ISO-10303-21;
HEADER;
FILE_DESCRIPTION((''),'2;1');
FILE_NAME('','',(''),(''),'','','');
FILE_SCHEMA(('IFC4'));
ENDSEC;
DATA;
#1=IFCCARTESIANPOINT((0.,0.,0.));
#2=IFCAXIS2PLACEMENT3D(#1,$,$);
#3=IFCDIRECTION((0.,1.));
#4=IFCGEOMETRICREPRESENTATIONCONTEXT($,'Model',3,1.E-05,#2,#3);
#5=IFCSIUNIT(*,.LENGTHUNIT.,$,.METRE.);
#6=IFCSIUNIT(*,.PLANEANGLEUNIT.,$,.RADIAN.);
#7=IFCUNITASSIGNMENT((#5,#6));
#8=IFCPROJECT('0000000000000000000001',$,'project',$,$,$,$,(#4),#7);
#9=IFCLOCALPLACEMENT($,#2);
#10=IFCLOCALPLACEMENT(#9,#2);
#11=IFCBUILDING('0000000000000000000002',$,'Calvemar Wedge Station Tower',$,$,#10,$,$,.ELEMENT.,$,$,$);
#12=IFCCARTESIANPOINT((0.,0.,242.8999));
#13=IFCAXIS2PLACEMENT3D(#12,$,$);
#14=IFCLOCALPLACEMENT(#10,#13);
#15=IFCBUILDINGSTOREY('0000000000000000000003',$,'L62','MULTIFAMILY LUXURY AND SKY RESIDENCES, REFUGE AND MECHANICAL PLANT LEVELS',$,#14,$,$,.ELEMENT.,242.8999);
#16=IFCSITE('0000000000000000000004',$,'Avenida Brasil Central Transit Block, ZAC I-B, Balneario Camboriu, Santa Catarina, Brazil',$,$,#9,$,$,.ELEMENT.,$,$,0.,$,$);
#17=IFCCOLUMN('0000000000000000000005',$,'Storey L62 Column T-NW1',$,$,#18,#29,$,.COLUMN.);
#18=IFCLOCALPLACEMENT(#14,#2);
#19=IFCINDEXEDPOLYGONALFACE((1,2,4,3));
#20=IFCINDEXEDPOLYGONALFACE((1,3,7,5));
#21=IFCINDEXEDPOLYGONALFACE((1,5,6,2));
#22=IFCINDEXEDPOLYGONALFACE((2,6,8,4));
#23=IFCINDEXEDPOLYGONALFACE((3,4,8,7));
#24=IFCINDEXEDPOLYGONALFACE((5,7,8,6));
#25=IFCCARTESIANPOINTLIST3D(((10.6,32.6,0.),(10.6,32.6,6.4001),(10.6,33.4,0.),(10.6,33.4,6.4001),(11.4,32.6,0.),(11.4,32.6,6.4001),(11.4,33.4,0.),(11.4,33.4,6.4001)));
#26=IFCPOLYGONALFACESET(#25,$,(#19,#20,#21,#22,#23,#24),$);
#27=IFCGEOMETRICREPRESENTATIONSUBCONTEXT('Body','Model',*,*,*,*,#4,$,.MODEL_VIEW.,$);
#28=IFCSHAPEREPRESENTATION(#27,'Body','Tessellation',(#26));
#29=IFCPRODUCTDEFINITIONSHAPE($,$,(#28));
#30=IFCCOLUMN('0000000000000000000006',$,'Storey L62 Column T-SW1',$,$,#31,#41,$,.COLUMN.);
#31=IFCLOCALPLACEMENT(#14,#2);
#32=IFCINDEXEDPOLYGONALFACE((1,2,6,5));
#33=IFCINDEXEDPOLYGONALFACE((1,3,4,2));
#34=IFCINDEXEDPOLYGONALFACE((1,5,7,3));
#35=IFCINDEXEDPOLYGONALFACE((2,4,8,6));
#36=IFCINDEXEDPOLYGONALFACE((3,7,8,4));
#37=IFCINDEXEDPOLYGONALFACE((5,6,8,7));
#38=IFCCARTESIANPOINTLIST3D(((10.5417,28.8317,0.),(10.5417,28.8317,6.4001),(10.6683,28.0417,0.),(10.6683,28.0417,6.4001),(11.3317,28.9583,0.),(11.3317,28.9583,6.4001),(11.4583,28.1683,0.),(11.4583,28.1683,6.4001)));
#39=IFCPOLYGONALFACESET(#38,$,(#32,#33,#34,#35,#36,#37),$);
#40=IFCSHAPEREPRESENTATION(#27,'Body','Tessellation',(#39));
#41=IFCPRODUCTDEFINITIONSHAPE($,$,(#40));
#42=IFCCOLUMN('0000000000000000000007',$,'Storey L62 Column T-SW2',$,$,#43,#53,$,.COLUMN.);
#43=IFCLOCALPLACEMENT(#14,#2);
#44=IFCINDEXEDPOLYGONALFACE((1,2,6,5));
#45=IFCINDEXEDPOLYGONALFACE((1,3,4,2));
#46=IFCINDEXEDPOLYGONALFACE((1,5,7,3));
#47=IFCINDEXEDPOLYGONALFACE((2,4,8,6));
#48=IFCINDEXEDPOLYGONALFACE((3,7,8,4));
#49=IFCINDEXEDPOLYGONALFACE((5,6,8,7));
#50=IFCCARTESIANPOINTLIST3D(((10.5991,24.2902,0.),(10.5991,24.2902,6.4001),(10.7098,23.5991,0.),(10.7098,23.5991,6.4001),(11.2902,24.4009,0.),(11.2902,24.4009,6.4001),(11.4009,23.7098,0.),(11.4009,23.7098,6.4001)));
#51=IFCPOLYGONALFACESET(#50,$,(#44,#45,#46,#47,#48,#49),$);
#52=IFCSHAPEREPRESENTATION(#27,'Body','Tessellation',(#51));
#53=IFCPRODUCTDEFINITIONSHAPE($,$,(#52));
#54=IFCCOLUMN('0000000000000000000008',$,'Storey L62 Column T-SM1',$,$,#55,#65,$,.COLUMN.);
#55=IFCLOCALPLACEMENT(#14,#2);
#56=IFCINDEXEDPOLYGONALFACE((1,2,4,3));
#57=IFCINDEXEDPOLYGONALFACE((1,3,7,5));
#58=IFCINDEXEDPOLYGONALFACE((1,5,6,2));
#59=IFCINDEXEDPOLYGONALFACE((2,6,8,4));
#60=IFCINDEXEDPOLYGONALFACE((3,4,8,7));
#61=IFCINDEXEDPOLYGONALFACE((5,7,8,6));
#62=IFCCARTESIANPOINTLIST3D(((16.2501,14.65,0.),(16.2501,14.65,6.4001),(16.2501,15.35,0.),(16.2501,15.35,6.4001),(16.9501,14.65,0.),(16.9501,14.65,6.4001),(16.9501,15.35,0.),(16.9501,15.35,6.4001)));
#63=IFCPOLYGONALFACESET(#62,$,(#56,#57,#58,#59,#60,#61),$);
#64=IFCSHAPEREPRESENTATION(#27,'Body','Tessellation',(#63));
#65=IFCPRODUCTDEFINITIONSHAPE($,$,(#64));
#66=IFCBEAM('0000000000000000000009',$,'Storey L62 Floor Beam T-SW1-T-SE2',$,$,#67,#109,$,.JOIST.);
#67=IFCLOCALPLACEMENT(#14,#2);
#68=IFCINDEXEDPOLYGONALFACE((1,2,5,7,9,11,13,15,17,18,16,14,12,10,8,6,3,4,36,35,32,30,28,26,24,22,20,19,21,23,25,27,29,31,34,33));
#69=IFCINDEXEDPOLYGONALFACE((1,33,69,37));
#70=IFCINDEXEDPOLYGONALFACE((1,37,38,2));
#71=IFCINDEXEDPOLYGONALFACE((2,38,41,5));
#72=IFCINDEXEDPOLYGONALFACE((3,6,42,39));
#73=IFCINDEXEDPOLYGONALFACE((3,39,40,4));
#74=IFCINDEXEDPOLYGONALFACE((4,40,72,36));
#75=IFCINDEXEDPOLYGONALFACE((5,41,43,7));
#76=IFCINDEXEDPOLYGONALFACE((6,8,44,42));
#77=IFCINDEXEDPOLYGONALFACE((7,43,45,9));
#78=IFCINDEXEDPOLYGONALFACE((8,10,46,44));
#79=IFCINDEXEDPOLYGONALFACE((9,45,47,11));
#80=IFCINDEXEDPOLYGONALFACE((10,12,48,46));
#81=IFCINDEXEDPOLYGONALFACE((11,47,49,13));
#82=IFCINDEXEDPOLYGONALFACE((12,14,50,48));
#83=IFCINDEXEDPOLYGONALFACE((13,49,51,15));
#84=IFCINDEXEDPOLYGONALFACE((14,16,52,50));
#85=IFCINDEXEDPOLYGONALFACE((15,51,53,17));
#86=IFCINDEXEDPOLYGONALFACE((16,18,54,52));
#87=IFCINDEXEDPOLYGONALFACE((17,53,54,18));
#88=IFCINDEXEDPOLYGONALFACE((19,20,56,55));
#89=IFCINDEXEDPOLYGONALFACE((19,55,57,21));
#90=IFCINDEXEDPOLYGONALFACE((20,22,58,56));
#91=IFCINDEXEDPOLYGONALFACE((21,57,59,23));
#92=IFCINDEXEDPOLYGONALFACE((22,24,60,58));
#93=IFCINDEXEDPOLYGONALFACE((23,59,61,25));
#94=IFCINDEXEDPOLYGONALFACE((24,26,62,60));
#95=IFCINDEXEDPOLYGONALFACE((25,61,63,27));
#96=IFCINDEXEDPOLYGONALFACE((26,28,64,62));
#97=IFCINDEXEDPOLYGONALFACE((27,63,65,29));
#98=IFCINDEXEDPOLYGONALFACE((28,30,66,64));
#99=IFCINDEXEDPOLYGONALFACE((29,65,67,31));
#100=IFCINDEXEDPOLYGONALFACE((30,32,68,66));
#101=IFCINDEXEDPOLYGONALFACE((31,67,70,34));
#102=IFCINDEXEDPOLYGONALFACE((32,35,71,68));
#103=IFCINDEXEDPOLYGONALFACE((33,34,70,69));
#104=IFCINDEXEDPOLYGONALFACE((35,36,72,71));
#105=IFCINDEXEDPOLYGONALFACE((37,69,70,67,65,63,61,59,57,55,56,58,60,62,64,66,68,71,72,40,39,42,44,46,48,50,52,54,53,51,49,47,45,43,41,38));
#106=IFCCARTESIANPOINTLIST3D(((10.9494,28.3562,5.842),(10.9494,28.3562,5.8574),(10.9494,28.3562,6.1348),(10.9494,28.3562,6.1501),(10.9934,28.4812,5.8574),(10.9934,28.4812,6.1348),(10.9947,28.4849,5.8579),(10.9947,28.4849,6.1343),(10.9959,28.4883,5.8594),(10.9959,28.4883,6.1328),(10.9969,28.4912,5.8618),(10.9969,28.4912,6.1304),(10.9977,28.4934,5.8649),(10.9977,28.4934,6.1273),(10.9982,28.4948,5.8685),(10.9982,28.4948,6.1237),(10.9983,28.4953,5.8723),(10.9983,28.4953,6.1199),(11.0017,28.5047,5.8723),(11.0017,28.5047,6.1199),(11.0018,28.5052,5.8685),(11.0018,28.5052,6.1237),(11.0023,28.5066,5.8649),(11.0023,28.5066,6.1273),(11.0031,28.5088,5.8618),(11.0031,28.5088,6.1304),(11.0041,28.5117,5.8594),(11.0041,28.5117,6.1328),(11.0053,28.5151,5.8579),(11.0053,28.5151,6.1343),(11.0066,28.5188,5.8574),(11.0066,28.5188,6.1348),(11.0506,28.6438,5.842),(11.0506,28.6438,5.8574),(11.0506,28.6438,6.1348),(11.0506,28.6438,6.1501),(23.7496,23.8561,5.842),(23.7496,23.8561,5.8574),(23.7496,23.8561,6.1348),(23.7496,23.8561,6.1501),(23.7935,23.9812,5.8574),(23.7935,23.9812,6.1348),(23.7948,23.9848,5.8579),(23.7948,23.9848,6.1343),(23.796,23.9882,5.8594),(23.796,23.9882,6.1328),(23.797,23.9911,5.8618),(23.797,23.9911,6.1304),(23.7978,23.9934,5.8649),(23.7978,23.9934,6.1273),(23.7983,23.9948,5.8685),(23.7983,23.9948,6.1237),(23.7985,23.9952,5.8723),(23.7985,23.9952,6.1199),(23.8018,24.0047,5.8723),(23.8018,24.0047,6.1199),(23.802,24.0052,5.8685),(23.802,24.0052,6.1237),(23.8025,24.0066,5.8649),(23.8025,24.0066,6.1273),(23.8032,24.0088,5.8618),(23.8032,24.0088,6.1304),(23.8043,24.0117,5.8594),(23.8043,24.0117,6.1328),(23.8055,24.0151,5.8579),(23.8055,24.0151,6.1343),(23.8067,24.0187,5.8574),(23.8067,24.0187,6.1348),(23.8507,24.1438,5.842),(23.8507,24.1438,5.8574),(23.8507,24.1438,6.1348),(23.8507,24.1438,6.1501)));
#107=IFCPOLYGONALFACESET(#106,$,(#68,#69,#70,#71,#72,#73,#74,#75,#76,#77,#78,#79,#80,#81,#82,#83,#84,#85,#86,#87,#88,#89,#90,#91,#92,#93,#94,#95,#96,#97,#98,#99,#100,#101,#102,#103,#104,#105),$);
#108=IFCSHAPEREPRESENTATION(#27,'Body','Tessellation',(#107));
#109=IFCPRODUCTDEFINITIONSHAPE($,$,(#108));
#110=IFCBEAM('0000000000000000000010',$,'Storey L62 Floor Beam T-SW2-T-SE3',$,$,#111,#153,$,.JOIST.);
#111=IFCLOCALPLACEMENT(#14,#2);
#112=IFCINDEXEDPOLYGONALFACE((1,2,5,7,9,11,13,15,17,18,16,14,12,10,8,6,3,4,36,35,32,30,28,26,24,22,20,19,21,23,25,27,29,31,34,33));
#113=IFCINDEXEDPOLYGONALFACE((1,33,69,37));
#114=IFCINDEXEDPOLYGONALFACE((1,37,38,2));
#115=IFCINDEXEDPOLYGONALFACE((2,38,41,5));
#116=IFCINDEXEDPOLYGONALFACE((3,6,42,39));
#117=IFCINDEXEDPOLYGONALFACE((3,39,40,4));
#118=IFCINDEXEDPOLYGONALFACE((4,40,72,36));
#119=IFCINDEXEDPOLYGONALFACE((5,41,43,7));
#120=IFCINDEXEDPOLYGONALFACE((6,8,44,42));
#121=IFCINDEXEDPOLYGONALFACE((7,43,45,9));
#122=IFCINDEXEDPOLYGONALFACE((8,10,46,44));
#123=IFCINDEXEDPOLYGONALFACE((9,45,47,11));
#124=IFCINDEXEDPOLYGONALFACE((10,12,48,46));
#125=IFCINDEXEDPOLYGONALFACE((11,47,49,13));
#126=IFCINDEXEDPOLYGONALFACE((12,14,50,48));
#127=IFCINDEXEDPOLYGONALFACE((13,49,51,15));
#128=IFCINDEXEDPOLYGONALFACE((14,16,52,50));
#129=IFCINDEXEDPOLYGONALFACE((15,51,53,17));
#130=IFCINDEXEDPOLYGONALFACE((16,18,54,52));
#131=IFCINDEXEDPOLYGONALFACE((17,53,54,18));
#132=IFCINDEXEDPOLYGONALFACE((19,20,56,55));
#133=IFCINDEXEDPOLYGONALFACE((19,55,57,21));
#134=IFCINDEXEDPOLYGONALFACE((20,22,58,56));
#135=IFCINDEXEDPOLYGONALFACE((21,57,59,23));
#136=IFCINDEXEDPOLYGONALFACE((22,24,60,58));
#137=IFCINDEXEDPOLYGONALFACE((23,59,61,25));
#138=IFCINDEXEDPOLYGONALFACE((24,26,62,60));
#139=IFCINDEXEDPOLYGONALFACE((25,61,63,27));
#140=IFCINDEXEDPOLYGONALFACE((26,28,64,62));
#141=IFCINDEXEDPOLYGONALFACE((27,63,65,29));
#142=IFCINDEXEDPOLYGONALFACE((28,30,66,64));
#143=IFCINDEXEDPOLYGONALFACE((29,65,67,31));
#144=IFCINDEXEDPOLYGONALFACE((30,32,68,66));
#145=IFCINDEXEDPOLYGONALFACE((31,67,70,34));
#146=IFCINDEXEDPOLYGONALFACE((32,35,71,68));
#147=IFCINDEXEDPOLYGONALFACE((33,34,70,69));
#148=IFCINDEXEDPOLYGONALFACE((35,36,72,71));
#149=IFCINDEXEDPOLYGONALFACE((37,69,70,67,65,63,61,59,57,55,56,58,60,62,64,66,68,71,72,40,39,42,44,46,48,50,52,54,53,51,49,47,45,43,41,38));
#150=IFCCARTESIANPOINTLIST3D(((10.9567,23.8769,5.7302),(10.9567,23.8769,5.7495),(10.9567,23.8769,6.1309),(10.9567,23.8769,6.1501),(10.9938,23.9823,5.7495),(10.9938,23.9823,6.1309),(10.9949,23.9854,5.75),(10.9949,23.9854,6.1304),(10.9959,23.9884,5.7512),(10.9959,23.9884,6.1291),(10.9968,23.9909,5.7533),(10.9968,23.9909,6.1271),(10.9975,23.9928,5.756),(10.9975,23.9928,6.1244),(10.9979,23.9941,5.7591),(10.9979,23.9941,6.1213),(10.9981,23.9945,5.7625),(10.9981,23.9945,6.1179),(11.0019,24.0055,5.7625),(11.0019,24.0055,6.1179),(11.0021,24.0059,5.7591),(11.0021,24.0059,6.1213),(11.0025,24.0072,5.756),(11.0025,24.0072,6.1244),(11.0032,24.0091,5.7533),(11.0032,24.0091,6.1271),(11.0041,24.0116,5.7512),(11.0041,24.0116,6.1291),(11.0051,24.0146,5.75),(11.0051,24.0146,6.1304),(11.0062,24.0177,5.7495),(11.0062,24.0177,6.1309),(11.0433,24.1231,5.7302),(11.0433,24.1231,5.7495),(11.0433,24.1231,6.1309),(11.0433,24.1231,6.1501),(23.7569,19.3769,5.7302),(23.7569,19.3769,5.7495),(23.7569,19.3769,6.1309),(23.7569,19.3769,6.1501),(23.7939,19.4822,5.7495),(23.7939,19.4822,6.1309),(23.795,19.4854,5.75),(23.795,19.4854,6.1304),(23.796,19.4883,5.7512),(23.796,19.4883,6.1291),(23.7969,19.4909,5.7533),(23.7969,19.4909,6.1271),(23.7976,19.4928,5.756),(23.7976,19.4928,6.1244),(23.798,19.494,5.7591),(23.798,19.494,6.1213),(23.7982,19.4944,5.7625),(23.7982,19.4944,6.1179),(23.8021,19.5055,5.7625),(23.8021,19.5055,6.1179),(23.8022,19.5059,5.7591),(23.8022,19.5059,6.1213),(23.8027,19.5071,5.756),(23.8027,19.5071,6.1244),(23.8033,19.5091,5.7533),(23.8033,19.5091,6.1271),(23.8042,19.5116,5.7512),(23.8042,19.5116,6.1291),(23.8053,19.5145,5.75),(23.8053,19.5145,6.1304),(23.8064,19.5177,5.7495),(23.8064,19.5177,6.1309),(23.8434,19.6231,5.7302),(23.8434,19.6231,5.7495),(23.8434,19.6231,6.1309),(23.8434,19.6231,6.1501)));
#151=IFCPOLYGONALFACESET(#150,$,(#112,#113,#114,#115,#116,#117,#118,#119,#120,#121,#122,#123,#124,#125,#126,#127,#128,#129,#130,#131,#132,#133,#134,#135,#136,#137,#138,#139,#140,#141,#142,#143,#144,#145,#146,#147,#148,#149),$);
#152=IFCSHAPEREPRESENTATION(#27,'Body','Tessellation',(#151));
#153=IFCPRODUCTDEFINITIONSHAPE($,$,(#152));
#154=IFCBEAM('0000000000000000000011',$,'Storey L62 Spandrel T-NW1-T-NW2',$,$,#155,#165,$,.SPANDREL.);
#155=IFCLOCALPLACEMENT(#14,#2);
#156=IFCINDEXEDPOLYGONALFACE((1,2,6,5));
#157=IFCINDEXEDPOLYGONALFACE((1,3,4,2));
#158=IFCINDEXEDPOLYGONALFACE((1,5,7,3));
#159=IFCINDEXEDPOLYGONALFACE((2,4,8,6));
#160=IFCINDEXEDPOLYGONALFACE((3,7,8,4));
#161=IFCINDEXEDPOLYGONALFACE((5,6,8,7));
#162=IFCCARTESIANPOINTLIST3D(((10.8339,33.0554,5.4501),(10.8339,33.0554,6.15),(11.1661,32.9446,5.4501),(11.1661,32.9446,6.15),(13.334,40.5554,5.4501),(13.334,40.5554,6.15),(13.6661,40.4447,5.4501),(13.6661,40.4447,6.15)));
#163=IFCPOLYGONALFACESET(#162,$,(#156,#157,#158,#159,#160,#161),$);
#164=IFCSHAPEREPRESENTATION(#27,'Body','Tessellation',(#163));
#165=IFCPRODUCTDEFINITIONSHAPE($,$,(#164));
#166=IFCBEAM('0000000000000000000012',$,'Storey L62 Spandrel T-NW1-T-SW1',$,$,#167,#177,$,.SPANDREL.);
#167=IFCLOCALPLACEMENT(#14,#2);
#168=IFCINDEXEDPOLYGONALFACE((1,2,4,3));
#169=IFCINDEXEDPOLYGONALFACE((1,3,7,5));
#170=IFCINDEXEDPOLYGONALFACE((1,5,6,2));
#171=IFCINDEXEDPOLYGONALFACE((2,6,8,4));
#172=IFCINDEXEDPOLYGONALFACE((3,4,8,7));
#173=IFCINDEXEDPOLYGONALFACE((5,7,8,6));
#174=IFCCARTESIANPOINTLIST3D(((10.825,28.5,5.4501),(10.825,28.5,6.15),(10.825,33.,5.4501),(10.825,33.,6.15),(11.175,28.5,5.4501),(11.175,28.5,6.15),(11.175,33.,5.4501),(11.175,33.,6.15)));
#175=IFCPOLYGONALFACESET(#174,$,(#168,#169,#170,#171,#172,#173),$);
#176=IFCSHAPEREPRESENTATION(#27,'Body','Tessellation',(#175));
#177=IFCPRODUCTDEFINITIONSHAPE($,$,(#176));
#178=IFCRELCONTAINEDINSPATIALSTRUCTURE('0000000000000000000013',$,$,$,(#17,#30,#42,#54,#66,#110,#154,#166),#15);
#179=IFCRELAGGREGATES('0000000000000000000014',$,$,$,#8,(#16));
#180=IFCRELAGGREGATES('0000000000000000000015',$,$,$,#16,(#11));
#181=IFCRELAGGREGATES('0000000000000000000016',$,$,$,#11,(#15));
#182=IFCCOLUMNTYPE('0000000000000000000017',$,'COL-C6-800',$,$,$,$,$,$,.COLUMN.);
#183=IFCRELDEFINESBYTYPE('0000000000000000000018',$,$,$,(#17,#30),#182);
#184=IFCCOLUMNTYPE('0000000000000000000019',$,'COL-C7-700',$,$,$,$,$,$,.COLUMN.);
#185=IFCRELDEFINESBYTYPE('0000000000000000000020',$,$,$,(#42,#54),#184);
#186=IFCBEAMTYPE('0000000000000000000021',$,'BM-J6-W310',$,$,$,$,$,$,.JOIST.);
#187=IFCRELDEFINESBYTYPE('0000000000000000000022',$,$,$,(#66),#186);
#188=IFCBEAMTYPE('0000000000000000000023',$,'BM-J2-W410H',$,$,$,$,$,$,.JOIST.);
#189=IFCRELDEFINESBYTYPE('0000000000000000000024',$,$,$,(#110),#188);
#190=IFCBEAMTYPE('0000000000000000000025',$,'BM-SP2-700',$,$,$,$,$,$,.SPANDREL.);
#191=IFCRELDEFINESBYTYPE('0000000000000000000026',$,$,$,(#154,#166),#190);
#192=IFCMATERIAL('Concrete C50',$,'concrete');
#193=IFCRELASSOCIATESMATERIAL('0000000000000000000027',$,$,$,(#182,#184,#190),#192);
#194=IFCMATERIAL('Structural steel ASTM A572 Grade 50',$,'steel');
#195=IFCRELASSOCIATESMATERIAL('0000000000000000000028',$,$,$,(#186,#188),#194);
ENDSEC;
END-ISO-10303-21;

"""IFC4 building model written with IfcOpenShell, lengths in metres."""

from ifc_helpers import new_model, si_unit, direction, frame, origin, origin_2d, place, context, subcontext, project, spatial, rectangle, i_section, extrude, source, transform, mapped, material, material_profile, profile_set, type_object, element, save


model = new_model("IFC4")

# Units and contexts
model_context = context("Model", 3, precision=1e-05, world=origin(), true_north=direction((0.0, 1.0)))
body_context = subcontext(model_context, "Body", "Model", "MODEL_VIEW")
ifc_project = project(units=[si_unit("LENGTHUNIT", "METRE"), si_unit("PLANEANGLEUNIT", "RADIAN")], contexts=[model_context])

# Site, building, storey
site_placement = place(None, origin())
site = spatial("IfcSite", under=ifc_project, at=site_placement, Name="Avenida Brasil Central Transit Block, ZAC I-B, Balneario Camboriu, Santa Catarina, Brazil", CompositionType="ELEMENT", RefElevation=0.0)
building_placement = place(site_placement, origin())
building = spatial("IfcBuilding", under=site, at=building_placement, Name="Calvemar Wedge Station Tower", CompositionType="ELEMENT")
storey_placement = place(building_placement, frame((0.0, 0.0, 242.8999)))
storey = spatial("IfcBuildingStorey", under=building, at=storey_placement, Name="L62", Description="MULTIFAMILY LUXURY AND SKY RESIDENCES, REFUGE AND MECHANICAL PLANT LEVELS", CompositionType="ELEMENT", Elevation=242.8999)

# Columns
ifc_material_1 = material(Name="Concrete C50", Category="concrete")
ifc_material_profile_1 = material_profile(ifc_material_1, rectangle(XDim=0.8, YDim=0.8, at=origin_2d()), Name="RC800x800")
ifc_profile_set_1 = profile_set([ifc_material_profile_1], Name="Concrete C50")
column_type_1 = type_object("IfcColumnType", Name="COL-C6-800", PredefinedType="COLUMN", material=ifc_profile_set_1)
shared_shape_1 = source(origin(), body_context, "Body", "SweptSolid", [
    extrude(rectangle(XDim=0.8, YDim=0.8, at=origin_2d()), origin(), (0.0, 0.0, 1.0), 6.4001),
])
for number, where, z_axis, x_axis, name in (
    (1, (11.0, 33.0, 0.0), (0.0, 0.0, 1.0), (1.0, 0.0, 0.0), "Storey L62 Column T-NW1"),
    (2, (11.0, 28.5, 0.0), (0.0, 0.0, 1.0), (0.158158, -0.987414, 0.0), "Storey L62 Column T-SW1"),
):
    element("IfcColumn", number, at=place(storey_placement, frame(where, z_axis=z_axis, x_axis=x_axis)), inside=storey, type_object=column_type_1, Name=name, PredefinedType="COLUMN", context=body_context, shape_type="MappedRepresentation", body=[
        mapped(shared_shape_1, transform((0.0, 0.0, 0.0), scale=1.0)),
    ])
ifc_material_profile_2 = material_profile(ifc_material_1, rectangle(XDim=0.7, YDim=0.7, at=origin_2d()), Name="RC700x700")
ifc_profile_set_2 = profile_set([ifc_material_profile_2], Name="Concrete C50")
column_type_2 = type_object("IfcColumnType", Name="COL-C7-700", PredefinedType="COLUMN", material=ifc_profile_set_2)
shared_shape_2 = source(origin(), body_context, "Body", "SweptSolid", [
    extrude(rectangle(XDim=0.7, YDim=0.7, at=origin_2d()), origin(), (0.0, 0.0, 1.0), 6.4001),
])
for number, where, z_axis, x_axis, name in (
    (3, (11.0, 24.0, 0.0), (0.0, 0.0, 1.0), (0.158158, -0.987414, 0.0), "Storey L62 Column T-SW2"),
    (4, (16.6001, 15.0, 0.0), (0.0, 0.0, 1.0), (1.0, 0.0, 0.0), "Storey L62 Column T-SM1"),
):
    element("IfcColumn", number, at=place(storey_placement, frame(where, z_axis=z_axis, x_axis=x_axis)), inside=storey, type_object=column_type_2, Name=name, PredefinedType="COLUMN", context=body_context, shape_type="MappedRepresentation", body=[
        mapped(shared_shape_2, transform((0.0, 0.0, 0.0), scale=1.0)),
    ])

# Beams
ifc_material_2 = material(Name="Structural steel ASTM A572 Grade 50", Category="steel")
ifc_material_profile_3 = material_profile(ifc_material_2, i_section(OverallWidth=0.3049, OverallDepth=0.3081, WebThickness=0.01, FlangeThickness=0.0154, FilletRadius=0.0149, at=origin_2d()), Name="W310x97")
ifc_profile_set_3 = profile_set([ifc_material_profile_3], Name="Structural steel ASTM A572 Grade 50")
beam_type_1 = type_object("IfcBeamType", Name="BM-J6-W310", PredefinedType="JOIST", material=ifc_profile_set_3)
shared_shape_3 = source(origin(), body_context, "Body", "SweptSolid", [
    extrude(i_section(OverallWidth=0.3049, OverallDepth=0.3081, WebThickness=0.01, FlangeThickness=0.0154, FilletRadius=0.0149, at=origin_2d()), origin(), (0.0, 0.0, 1.0), 13.5681),
])
beam_1_placement = place(storey_placement, frame((11.0, 28.5, 5.9961), z_axis=(0.943398, -0.331662, 0.0), x_axis=(0.331662, 0.943398, 0.0)))
element("IfcBeam", 5, at=beam_1_placement, inside=storey, type_object=beam_type_1, Name="Storey L62 Floor Beam T-SW1-T-SE2", PredefinedType="JOIST", context=body_context, shape_type="MappedRepresentation", body=[
    mapped(shared_shape_3, transform((0.0, 0.0, 0.0), scale=1.0)),
])
ifc_material_profile_4 = material_profile(ifc_material_2, i_section(OverallWidth=0.261, OverallDepth=0.4199, WebThickness=0.0117, FlangeThickness=0.0193, FilletRadius=0.0129, at=origin_2d()), Name="W410x114")
ifc_profile_set_4 = profile_set([ifc_material_profile_4], Name="Structural steel ASTM A572 Grade 50")
beam_type_2 = type_object("IfcBeamType", Name="BM-J2-W410H", PredefinedType="JOIST", material=ifc_profile_set_4)
shared_shape_4 = source(origin(), body_context, "Body", "SweptSolid", [
    extrude(i_section(OverallWidth=0.261, OverallDepth=0.4199, WebThickness=0.0117, FlangeThickness=0.0193, FilletRadius=0.0129, at=origin_2d()), origin(), (0.0, 0.0, 1.0), 13.5681),
])
beam_2_placement = place(storey_placement, frame((11.0, 24.0, 5.9402), z_axis=(0.943398, -0.331662, 0.0), x_axis=(0.331662, 0.943398, 0.0)))
element("IfcBeam", 6, at=beam_2_placement, inside=storey, type_object=beam_type_2, Name="Storey L62 Floor Beam T-SW2-T-SE3", PredefinedType="JOIST", context=body_context, shape_type="MappedRepresentation", body=[
    mapped(shared_shape_4, transform((0.0, 0.0, 0.0), scale=1.0)),
])
ifc_material_profile_5 = material_profile(ifc_material_1, rectangle(XDim=0.3501, YDim=0.7, at=origin_2d()), Name="RC350x700")
ifc_profile_set_5 = profile_set([ifc_material_profile_5], Name="Concrete C50")
beam_type_3 = type_object("IfcBeamType", Name="BM-SP2-700", PredefinedType="SPANDREL", material=ifc_profile_set_5)
shared_shape_5 = source(origin(), body_context, "Body", "SweptSolid", [
    extrude(rectangle(XDim=0.3501, YDim=0.7, at=origin_2d()), origin(), (0.0, 0.0, 1.0), 7.9058),
])
beam_3_placement = place(storey_placement, frame((11.0, 33.0, 5.8), z_axis=(0.316228, 0.948683, 0.0), x_axis=(-0.948683, 0.316228, 0.0)))
element("IfcBeam", 7, at=beam_3_placement, inside=storey, type_object=beam_type_3, Name="Storey L62 Spandrel T-NW1-T-NW2", PredefinedType="SPANDREL", context=body_context, shape_type="MappedRepresentation", body=[
    mapped(shared_shape_5, transform((0.0, 0.0, 0.0), scale=1.0)),
])
shared_shape_6 = source(origin(), body_context, "Body", "SweptSolid", [
    extrude(rectangle(XDim=0.3501, YDim=0.7, at=origin_2d()), origin(), (0.0, 0.0, 1.0), 4.5),
])
for number, where, z_axis, x_axis, name in (
    (8, (11.0, 33.0, 5.8), (0.0, -1.0, 0.0), (1.0, 0.0, 0.0), "Storey L62 Spandrel T-NW1-T-SW1"),
):
    element("IfcBeam", number, at=place(storey_placement, frame(where, z_axis=z_axis, x_axis=x_axis)), inside=storey, type_object=beam_type_3, Name=name, PredefinedType="SPANDREL", context=body_context, shape_type="MappedRepresentation", body=[
        mapped(shared_shape_6, transform((0.0, 0.0, 0.0), scale=1.0)),
    ])

save(model, "model.ifc")
